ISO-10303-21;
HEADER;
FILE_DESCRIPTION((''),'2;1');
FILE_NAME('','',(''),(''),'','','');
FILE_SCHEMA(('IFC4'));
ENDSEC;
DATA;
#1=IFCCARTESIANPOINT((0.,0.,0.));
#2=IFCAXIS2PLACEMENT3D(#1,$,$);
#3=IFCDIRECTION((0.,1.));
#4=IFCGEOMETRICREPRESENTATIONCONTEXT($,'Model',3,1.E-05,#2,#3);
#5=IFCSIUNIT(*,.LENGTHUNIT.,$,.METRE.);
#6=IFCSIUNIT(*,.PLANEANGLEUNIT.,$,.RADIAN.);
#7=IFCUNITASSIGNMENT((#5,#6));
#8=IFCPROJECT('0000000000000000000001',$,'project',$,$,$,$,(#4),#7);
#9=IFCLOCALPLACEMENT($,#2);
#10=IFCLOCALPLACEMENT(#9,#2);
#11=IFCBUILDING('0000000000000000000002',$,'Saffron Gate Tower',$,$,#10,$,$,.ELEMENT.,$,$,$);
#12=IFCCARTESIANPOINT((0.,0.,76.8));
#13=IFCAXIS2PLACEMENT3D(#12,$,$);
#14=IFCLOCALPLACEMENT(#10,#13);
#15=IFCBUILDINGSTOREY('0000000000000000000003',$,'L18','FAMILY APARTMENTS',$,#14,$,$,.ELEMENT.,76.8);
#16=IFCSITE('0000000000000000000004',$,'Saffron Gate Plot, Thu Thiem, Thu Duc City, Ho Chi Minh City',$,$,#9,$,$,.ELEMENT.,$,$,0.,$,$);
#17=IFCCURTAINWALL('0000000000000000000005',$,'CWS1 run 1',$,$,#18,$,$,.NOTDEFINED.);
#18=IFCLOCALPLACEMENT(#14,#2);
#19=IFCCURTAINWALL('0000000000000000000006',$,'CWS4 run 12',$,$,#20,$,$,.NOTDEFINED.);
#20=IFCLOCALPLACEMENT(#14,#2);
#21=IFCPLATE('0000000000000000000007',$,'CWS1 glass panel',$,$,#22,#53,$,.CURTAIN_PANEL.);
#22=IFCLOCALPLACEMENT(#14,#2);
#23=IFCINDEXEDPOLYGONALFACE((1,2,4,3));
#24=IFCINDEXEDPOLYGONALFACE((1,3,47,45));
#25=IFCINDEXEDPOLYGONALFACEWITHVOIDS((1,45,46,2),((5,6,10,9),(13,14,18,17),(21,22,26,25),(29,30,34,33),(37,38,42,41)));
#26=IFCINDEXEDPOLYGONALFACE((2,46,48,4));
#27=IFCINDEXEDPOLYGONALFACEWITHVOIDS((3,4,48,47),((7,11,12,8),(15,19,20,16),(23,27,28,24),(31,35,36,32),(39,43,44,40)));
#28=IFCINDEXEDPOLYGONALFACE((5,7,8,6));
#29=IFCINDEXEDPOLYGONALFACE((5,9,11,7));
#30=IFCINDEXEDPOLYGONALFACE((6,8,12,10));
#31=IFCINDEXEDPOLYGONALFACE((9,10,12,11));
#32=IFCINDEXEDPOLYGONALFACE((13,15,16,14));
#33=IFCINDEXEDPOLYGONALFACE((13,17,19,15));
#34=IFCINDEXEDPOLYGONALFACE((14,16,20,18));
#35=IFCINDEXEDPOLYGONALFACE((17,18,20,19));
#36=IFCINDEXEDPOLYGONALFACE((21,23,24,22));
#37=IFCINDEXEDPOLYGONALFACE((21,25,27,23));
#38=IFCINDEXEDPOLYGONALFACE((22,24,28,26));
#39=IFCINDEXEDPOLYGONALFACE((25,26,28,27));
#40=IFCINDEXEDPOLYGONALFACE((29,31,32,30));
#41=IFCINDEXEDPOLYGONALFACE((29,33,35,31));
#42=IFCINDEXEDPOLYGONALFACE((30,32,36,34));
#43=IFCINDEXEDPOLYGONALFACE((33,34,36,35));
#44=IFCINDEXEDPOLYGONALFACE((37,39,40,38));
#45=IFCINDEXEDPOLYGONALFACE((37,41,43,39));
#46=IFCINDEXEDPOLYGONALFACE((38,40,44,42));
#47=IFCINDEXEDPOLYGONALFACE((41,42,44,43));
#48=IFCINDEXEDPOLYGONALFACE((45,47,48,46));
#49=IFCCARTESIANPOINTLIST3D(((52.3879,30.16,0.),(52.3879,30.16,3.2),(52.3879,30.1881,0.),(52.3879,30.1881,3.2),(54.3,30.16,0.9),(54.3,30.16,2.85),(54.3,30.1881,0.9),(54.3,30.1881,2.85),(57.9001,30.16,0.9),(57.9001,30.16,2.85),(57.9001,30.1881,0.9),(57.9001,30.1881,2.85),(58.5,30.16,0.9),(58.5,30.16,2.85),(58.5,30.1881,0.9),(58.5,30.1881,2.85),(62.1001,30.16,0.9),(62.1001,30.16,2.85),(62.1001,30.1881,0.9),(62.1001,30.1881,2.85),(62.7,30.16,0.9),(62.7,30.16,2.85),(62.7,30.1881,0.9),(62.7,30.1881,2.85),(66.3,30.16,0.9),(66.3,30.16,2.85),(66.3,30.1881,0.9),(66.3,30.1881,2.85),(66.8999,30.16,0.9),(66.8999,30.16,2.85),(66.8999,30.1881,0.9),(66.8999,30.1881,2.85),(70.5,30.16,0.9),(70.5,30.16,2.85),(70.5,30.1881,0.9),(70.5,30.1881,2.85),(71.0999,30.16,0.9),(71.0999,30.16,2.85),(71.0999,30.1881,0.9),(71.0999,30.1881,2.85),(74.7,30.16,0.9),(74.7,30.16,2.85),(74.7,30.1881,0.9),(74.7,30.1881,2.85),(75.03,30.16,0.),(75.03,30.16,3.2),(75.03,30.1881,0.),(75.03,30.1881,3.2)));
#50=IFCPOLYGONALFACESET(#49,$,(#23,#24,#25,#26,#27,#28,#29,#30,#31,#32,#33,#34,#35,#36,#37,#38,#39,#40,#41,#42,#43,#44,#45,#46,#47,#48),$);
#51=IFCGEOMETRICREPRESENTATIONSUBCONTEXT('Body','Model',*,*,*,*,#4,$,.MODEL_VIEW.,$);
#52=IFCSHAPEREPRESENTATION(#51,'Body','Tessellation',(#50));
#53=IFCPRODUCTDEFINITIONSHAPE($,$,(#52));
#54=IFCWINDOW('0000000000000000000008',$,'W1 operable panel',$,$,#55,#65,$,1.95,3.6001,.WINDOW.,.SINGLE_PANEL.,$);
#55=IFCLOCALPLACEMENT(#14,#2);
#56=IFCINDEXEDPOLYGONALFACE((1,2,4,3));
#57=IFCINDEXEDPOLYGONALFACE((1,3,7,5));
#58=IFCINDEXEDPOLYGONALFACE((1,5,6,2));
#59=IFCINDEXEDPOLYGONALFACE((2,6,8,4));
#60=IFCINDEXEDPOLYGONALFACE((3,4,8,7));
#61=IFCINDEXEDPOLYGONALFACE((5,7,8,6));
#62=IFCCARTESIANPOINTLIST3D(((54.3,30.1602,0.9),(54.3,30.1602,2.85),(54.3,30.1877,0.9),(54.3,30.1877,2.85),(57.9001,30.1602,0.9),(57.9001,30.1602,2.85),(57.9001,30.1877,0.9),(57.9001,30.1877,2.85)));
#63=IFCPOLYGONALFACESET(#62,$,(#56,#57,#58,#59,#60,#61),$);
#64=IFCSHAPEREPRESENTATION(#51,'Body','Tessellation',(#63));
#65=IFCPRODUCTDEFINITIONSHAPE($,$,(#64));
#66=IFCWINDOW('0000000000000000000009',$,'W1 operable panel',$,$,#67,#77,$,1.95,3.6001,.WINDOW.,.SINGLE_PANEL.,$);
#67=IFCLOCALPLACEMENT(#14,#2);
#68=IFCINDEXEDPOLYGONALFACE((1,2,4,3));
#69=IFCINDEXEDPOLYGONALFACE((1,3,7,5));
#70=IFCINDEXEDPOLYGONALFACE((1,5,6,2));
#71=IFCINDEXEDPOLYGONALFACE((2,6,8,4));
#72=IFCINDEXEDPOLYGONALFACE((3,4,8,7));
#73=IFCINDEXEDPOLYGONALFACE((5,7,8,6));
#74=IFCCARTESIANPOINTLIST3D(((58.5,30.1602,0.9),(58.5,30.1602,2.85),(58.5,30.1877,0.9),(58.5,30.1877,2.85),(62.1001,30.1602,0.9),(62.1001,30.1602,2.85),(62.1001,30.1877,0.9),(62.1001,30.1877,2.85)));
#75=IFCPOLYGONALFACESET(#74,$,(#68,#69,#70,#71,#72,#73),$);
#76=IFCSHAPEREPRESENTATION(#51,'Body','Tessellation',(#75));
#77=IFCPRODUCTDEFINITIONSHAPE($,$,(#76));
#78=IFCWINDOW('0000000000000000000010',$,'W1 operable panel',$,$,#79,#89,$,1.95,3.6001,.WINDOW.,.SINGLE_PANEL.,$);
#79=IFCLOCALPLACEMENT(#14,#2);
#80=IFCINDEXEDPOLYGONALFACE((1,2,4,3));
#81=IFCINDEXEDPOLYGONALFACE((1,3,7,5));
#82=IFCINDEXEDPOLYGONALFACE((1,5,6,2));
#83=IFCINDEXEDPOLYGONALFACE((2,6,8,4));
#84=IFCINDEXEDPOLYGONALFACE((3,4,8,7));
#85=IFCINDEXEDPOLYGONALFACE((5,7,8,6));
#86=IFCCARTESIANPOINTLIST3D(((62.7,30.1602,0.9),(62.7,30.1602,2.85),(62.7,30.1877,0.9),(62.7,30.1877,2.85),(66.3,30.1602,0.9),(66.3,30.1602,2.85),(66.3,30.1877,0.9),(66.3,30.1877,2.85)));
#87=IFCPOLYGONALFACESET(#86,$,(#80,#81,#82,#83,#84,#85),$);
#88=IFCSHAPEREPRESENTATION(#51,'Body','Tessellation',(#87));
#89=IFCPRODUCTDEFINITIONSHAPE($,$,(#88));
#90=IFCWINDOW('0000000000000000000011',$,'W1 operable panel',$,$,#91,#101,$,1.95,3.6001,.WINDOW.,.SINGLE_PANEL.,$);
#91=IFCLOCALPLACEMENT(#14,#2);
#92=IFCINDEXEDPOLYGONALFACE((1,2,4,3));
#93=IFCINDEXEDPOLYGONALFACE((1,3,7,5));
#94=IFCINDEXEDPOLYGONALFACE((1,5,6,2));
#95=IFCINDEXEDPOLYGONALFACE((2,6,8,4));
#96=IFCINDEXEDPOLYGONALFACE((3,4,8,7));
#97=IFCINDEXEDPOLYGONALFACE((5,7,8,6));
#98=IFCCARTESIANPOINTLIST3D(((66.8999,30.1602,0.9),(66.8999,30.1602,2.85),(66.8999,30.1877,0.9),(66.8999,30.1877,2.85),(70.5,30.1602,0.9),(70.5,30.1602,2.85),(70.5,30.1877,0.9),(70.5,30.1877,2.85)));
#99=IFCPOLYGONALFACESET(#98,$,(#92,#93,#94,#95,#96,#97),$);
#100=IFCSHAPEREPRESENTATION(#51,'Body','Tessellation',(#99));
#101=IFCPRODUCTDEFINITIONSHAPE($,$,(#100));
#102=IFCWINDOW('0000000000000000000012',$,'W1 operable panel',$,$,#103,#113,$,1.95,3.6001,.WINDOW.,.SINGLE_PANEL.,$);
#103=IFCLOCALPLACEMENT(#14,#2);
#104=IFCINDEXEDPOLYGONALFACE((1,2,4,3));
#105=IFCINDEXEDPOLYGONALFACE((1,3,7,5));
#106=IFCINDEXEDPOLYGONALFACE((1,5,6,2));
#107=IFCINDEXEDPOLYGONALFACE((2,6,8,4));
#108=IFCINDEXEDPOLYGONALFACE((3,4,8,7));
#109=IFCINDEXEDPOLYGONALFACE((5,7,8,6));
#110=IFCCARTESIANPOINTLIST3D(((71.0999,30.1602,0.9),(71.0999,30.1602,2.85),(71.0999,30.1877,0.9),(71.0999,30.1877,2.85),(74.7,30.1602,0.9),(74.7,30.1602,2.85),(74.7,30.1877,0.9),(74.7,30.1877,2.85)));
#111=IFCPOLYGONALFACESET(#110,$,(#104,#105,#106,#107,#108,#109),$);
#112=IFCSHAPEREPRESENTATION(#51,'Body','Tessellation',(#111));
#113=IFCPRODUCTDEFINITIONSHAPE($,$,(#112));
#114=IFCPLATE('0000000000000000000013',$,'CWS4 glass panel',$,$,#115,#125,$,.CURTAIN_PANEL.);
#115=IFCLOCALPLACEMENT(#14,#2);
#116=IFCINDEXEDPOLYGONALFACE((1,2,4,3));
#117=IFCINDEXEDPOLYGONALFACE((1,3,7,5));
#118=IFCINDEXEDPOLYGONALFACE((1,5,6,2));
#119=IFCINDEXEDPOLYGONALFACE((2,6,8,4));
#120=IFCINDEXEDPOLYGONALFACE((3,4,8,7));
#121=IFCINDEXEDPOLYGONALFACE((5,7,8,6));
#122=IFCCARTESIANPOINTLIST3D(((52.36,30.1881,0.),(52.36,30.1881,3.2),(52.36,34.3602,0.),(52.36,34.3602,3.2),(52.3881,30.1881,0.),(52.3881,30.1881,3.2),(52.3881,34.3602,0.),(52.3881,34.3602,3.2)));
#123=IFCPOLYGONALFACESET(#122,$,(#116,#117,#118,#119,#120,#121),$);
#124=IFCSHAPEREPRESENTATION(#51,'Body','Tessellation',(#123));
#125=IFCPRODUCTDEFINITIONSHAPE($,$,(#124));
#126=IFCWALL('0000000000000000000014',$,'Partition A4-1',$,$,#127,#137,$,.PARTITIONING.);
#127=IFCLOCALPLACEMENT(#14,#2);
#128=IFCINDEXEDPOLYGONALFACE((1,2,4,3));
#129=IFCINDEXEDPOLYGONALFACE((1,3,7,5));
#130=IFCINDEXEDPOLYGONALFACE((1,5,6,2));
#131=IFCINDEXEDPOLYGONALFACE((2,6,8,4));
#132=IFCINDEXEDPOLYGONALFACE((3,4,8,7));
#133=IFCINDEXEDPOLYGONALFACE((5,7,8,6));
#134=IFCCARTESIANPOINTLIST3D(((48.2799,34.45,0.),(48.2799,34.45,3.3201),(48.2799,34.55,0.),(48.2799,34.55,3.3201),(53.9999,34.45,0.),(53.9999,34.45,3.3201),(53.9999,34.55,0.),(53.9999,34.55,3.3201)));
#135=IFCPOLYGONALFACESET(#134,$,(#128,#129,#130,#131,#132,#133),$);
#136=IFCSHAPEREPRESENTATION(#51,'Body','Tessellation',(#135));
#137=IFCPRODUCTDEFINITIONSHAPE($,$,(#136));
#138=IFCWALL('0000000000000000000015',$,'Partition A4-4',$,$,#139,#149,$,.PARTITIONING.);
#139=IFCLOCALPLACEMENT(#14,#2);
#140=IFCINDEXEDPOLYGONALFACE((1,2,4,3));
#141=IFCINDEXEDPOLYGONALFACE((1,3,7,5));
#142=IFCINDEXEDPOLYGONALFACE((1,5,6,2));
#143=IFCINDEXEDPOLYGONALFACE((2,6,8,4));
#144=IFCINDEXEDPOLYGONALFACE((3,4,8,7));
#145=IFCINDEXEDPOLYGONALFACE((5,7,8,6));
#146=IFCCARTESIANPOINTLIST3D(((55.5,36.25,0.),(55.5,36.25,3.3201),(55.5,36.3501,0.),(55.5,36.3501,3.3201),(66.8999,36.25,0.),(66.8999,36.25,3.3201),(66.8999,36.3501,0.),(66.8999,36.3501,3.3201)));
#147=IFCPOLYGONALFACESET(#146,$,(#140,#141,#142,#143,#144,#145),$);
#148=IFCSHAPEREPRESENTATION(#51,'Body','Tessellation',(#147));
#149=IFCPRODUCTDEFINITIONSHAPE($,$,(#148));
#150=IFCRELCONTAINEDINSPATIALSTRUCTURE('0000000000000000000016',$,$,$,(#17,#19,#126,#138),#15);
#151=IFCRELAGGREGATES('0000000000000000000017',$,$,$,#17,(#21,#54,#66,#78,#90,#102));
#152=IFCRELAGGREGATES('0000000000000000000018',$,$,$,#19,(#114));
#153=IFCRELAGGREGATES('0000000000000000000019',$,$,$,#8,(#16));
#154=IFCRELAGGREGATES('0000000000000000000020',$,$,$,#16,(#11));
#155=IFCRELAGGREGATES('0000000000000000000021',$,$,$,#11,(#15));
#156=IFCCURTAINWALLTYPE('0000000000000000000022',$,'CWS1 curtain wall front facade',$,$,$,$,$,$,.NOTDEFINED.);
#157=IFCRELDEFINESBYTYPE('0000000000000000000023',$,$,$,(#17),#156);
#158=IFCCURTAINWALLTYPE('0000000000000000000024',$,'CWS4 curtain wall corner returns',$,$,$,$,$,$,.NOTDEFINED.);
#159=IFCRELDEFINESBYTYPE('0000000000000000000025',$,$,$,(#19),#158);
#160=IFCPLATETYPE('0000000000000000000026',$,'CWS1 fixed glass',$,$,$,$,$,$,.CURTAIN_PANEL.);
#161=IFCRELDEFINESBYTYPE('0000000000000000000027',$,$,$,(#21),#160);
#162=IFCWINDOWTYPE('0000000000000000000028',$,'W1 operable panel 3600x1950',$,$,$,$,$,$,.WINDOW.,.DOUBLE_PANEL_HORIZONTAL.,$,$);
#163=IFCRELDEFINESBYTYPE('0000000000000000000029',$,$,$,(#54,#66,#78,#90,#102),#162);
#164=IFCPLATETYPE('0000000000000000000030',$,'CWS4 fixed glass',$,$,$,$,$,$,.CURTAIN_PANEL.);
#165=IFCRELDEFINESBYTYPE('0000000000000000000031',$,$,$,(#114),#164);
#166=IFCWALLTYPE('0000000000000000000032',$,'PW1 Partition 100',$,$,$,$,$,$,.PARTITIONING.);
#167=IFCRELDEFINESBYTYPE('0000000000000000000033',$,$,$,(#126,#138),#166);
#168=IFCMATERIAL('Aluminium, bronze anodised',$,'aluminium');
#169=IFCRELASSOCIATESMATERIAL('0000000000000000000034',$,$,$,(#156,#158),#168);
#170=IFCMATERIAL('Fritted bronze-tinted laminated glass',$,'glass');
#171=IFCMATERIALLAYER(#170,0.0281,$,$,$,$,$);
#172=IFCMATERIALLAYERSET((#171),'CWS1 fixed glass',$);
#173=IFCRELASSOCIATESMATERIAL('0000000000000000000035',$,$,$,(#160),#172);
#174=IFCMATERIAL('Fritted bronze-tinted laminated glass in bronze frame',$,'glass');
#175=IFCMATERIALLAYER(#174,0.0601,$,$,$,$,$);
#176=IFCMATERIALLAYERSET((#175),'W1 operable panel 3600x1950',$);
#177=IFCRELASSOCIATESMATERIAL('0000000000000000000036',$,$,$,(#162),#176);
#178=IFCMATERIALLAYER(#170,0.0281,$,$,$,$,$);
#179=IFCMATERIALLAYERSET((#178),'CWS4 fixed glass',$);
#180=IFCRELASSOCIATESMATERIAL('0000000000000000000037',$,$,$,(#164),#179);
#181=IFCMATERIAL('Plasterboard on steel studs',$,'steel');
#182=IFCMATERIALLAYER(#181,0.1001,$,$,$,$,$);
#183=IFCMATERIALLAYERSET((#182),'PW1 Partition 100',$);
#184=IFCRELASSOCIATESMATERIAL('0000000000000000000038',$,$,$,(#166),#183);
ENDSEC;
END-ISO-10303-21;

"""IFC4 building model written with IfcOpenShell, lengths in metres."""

from ifc_helpers import new_model, si_unit, direction, frame, frame_2d, origin, place, context, subcontext, project, spatial, rectangle, extrude, material, layer, layer_set, type_object, element, fill, aggregate, save


model = new_model("IFC4")

# Units and contexts
model_context = context("Model", 3, precision=1e-05, world=origin(), true_north=direction((0.0, 1.0)))
body_context = subcontext(model_context, "Body", "Model", "MODEL_VIEW")
ifc_project = project(units=[si_unit("LENGTHUNIT", "METRE"), si_unit("PLANEANGLEUNIT", "RADIAN")], contexts=[model_context])

# Site, building, storey
site_placement = place(None, origin())
site = spatial("IfcSite", under=ifc_project, at=site_placement, Name="Saffron Gate Plot, Thu Thiem, Thu Duc City, Ho Chi Minh City", CompositionType="ELEMENT", RefElevation=0.0)
building_placement = place(site_placement, origin())
building = spatial("IfcBuilding", under=site, at=building_placement, Name="Saffron Gate Tower", CompositionType="ELEMENT")
storey_placement = place(building_placement, frame((0.0, 0.0, 76.8)))
storey = spatial("IfcBuildingStorey", under=building, at=storey_placement, Name="L18", Description="FAMILY APARTMENTS", CompositionType="ELEMENT", Elevation=76.8)

# Curtain wall
ifc_material_1 = material(Name="Aluminium, bronze anodised", Category="aluminium")
curtain_wall_type_1 = type_object("IfcCurtainWallType", Name="CWS1 curtain wall front facade", PredefinedType="NOTDEFINED", material=ifc_material_1)
curtain_wall_1_placement = place(storey_placement, origin())
curtain_wall_1 = element("IfcCurtainWall", 1, at=curtain_wall_1_placement, inside=storey, type_object=curtain_wall_type_1, Name="CWS1 run 1", PredefinedType="NOTDEFINED")

# Curtain wall
curtain_wall_type_2 = type_object("IfcCurtainWallType", Name="CWS4 curtain wall corner returns", PredefinedType="NOTDEFINED", material=ifc_material_1)
curtain_wall_2_placement = place(storey_placement, origin())
curtain_wall_2 = element("IfcCurtainWall", 2, at=curtain_wall_2_placement, inside=storey, type_object=curtain_wall_type_2, Name="CWS4 run 12", PredefinedType="NOTDEFINED")

# Plate, openings, windows
ifc_material_2 = material(Name="Fritted bronze-tinted laminated glass", Category="glass")
ifc_layer_1 = layer(ifc_material_2, 0.0281)
ifc_layer_set_1 = layer_set([ifc_layer_1], Name="CWS1 fixed glass")
plate_type_1 = type_object("IfcPlateType", Name="CWS1 fixed glass", PredefinedType="CURTAIN_PANEL", material=ifc_layer_set_1)
plate_1_placement = place(storey_placement, frame((52.3879, 30.1741, 0.0), z_axis=(0.0, 0.0, 1.0), x_axis=(1.0, 0.0, 0.0)))
plate_1 = element("IfcPlate", 3, at=plate_1_placement, type_object=plate_type_1, Name="CWS1 glass panel", PredefinedType="CURTAIN_PANEL", context=body_context, shape_type="SweptSolid", body=[
    extrude(rectangle(XDim=22.6421, YDim=0.0281, at=frame_2d((11.321, 0.0))), origin(), (0.0, 0.0, 1.0), 3.2),
])
opening_1_placement = place(plate_1_placement, frame((1.9121, 0.0, 0.8999)))
opening_1 = element("IfcOpeningElement", 4, at=opening_1_placement, cuts=plate_1, PredefinedType="OPENING", context=body_context, shape_type="SweptSolid", body=[
    extrude(rectangle(XDim=3.6001, YDim=1.95, at=frame_2d((1.8, 0.9751))), frame((0.0, 0.0239, 0.0), z_axis=(0.0, -1.0, 0.0), x_axis=(1.0, 0.0, 0.0)), (0.0, 0.0, 1.0), 0.0481),
])
opening_2_placement = place(plate_1_placement, frame((6.1121, 0.0, 0.8999)))
opening_2 = element("IfcOpeningElement", 5, at=opening_2_placement, cuts=plate_1, PredefinedType="OPENING", context=body_context, shape_type="SweptSolid", body=[
    extrude(rectangle(XDim=3.6001, YDim=1.95, at=frame_2d((1.8, 0.9751))), frame((0.0, 0.0239, 0.0), z_axis=(0.0, -1.0, 0.0), x_axis=(1.0, 0.0, 0.0)), (0.0, 0.0, 1.0), 0.0481),
])
opening_3_placement = place(plate_1_placement, frame((10.312, 0.0, 0.8999)))
opening_3 = element("IfcOpeningElement", 6, at=opening_3_placement, cuts=plate_1, PredefinedType="OPENING", context=body_context, shape_type="SweptSolid", body=[
    extrude(rectangle(XDim=3.6001, YDim=1.95, at=frame_2d((1.8, 0.9751))), frame((0.0, 0.0239, 0.0), z_axis=(0.0, -1.0, 0.0), x_axis=(1.0, 0.0, 0.0)), (0.0, 0.0, 1.0), 0.0481),
])
opening_4_placement = place(plate_1_placement, frame((14.512, 0.0, 0.8999)))
opening_4 = element("IfcOpeningElement", 7, at=opening_4_placement, cuts=plate_1, PredefinedType="OPENING", context=body_context, shape_type="SweptSolid", body=[
    extrude(rectangle(XDim=3.6001, YDim=1.95, at=frame_2d((1.8, 0.9751))), frame((0.0, 0.0239, 0.0), z_axis=(0.0, -1.0, 0.0), x_axis=(1.0, 0.0, 0.0)), (0.0, 0.0, 1.0), 0.0481),
])
opening_5_placement = place(plate_1_placement, frame((18.7119, 0.0, 0.8999)))
opening_5 = element("IfcOpeningElement", 8, at=opening_5_placement, cuts=plate_1, PredefinedType="OPENING", context=body_context, shape_type="SweptSolid", body=[
    extrude(rectangle(XDim=3.6001, YDim=1.95, at=frame_2d((1.8, 0.9751))), frame((0.0, 0.0239, 0.0), z_axis=(0.0, -1.0, 0.0), x_axis=(1.0, 0.0, 0.0)), (0.0, 0.0, 1.0), 0.0481),
])
ifc_material_3 = material(Name="Fritted bronze-tinted laminated glass in bronze frame", Category="glass")
ifc_layer_2 = layer(ifc_material_3, 0.0601)
ifc_layer_set_2 = layer_set([ifc_layer_2], Name="W1 operable panel 3600x1950")
window_type = type_object("IfcWindowType", Name="W1 operable panel 3600x1950", PartitioningType="DOUBLE_PANEL_HORIZONTAL", PredefinedType="WINDOW", material=ifc_layer_set_2)
window_1_placement = place(opening_1_placement, origin())
window_1 = element("IfcWindow", 9, at=window_1_placement, type_object=window_type, Name="W1 operable panel", OverallHeight=1.95, OverallWidth=3.6001, PartitioningType="SINGLE_PANEL", PredefinedType="WINDOW", context=body_context, shape_type="SweptSolid", body=[
    extrude(rectangle(XDim=3.6001, YDim=1.95, at=frame_2d((1.8, 0.9751))), frame((0.0, 0.0137, 0.0), z_axis=(0.0, -1.0, 0.0), x_axis=(1.0, 0.0, 0.0)), (0.0, 0.0, 1.0), 0.0276),
])
fill(opening_1, window_1)
window_2_placement = place(opening_2_placement, origin())
window_2 = element("IfcWindow", 10, at=window_2_placement, type_object=window_type, Name="W1 operable panel", OverallHeight=1.95, OverallWidth=3.6001, PartitioningType="SINGLE_PANEL", PredefinedType="WINDOW", context=body_context, shape_type="SweptSolid", body=[
    extrude(rectangle(XDim=3.6001, YDim=1.95, at=frame_2d((1.8, 0.9751))), frame((0.0, 0.0137, 0.0), z_axis=(0.0, -1.0, 0.0), x_axis=(1.0, 0.0, 0.0)), (0.0, 0.0, 1.0), 0.0276),
])
fill(opening_2, window_2)
window_3_placement = place(opening_3_placement, origin())
window_3 = element("IfcWindow", 11, at=window_3_placement, type_object=window_type, Name="W1 operable panel", OverallHeight=1.95, OverallWidth=3.6001, PartitioningType="SINGLE_PANEL", PredefinedType="WINDOW", context=body_context, shape_type="SweptSolid", body=[
    extrude(rectangle(XDim=3.6001, YDim=1.95, at=frame_2d((1.8, 0.9751))), frame((0.0, 0.0137, 0.0), z_axis=(0.0, -1.0, 0.0), x_axis=(1.0, 0.0, 0.0)), (0.0, 0.0, 1.0), 0.0276),
])
fill(opening_3, window_3)
window_4_placement = place(opening_4_placement, origin())
window_4 = element("IfcWindow", 12, at=window_4_placement, type_object=window_type, Name="W1 operable panel", OverallHeight=1.95, OverallWidth=3.6001, PartitioningType="SINGLE_PANEL", PredefinedType="WINDOW", context=body_context, shape_type="SweptSolid", body=[
    extrude(rectangle(XDim=3.6001, YDim=1.95, at=frame_2d((1.8, 0.9751))), frame((0.0, 0.0137, 0.0), z_axis=(0.0, -1.0, 0.0), x_axis=(1.0, 0.0, 0.0)), (0.0, 0.0, 1.0), 0.0276),
])
fill(opening_4, window_4)
window_5_placement = place(opening_5_placement, origin())
window_5 = element("IfcWindow", 13, at=window_5_placement, type_object=window_type, Name="W1 operable panel", OverallHeight=1.95, OverallWidth=3.6001, PartitioningType="SINGLE_PANEL", PredefinedType="WINDOW", context=body_context, shape_type="SweptSolid", body=[
    extrude(rectangle(XDim=3.6001, YDim=1.95, at=frame_2d((1.8, 0.9751))), frame((0.0, 0.0137, 0.0), z_axis=(0.0, -1.0, 0.0), x_axis=(1.0, 0.0, 0.0)), (0.0, 0.0, 1.0), 0.0276),
])
fill(opening_5, window_5)
aggregate(curtain_wall_1, [plate_1, window_1, window_2, window_3, window_4, window_5])

# Plate
ifc_layer_3 = layer(ifc_material_2, 0.0281)
ifc_layer_set_3 = layer_set([ifc_layer_3], Name="CWS4 fixed glass")
plate_type_2 = type_object("IfcPlateType", Name="CWS4 fixed glass", PredefinedType="CURTAIN_PANEL", material=ifc_layer_set_3)
plate_2_placement = place(storey_placement, frame((52.374, 34.3601, 0.0), z_axis=(0.0, 0.0, 1.0), x_axis=(0.0, -1.0, 0.0)))
plate_2 = element("IfcPlate", 14, at=plate_2_placement, type_object=plate_type_2, Name="CWS4 glass panel", PredefinedType="CURTAIN_PANEL", context=body_context, shape_type="SweptSolid", body=[
    extrude(rectangle(XDim=4.1721, YDim=0.0281, at=frame_2d((2.0859, 0.0))), origin(), (0.0, 0.0, 1.0), 3.2),
])
aggregate(curtain_wall_2, [plate_2])

# Walls
ifc_material_4 = material(Name="Plasterboard on steel studs", Category="steel")
ifc_layer_4 = layer(ifc_material_4, 0.1001)
ifc_layer_set_4 = layer_set([ifc_layer_4], Name="PW1 Partition 100")
wall_type = type_object("IfcWallType", Name="PW1 Partition 100", PredefinedType="PARTITIONING", material=ifc_layer_set_4)
wall_1_placement = place(storey_placement, frame((48.28, 34.5, 0.0), z_axis=(0.0, 0.0, 1.0), x_axis=(1.0, 0.0, 0.0)))
element("IfcWall", 15, at=wall_1_placement, inside=storey, type_object=wall_type, Name="Partition A4-1", PredefinedType="PARTITIONING", context=body_context, shape_type="SweptSolid", body=[
    extrude(rectangle(XDim=5.72, YDim=0.1001, at=frame_2d((2.8599, 0.0))), origin(), (0.0, 0.0, 1.0), 3.3201),
])
wall_2_placement = place(storey_placement, frame((55.5, 36.3, 0.0), z_axis=(0.0, 0.0, 1.0), x_axis=(1.0, 0.0, 0.0)))
element("IfcWall", 16, at=wall_2_placement, inside=storey, type_object=wall_type, Name="Partition A4-4", PredefinedType="PARTITIONING", context=body_context, shape_type="SweptSolid", body=[
    extrude(rectangle(XDim=11.3999, YDim=0.1001, at=frame_2d((5.7, 0.0))), origin(), (0.0, 0.0, 1.0), 3.3201),
])

save(model, "model.ifc")
